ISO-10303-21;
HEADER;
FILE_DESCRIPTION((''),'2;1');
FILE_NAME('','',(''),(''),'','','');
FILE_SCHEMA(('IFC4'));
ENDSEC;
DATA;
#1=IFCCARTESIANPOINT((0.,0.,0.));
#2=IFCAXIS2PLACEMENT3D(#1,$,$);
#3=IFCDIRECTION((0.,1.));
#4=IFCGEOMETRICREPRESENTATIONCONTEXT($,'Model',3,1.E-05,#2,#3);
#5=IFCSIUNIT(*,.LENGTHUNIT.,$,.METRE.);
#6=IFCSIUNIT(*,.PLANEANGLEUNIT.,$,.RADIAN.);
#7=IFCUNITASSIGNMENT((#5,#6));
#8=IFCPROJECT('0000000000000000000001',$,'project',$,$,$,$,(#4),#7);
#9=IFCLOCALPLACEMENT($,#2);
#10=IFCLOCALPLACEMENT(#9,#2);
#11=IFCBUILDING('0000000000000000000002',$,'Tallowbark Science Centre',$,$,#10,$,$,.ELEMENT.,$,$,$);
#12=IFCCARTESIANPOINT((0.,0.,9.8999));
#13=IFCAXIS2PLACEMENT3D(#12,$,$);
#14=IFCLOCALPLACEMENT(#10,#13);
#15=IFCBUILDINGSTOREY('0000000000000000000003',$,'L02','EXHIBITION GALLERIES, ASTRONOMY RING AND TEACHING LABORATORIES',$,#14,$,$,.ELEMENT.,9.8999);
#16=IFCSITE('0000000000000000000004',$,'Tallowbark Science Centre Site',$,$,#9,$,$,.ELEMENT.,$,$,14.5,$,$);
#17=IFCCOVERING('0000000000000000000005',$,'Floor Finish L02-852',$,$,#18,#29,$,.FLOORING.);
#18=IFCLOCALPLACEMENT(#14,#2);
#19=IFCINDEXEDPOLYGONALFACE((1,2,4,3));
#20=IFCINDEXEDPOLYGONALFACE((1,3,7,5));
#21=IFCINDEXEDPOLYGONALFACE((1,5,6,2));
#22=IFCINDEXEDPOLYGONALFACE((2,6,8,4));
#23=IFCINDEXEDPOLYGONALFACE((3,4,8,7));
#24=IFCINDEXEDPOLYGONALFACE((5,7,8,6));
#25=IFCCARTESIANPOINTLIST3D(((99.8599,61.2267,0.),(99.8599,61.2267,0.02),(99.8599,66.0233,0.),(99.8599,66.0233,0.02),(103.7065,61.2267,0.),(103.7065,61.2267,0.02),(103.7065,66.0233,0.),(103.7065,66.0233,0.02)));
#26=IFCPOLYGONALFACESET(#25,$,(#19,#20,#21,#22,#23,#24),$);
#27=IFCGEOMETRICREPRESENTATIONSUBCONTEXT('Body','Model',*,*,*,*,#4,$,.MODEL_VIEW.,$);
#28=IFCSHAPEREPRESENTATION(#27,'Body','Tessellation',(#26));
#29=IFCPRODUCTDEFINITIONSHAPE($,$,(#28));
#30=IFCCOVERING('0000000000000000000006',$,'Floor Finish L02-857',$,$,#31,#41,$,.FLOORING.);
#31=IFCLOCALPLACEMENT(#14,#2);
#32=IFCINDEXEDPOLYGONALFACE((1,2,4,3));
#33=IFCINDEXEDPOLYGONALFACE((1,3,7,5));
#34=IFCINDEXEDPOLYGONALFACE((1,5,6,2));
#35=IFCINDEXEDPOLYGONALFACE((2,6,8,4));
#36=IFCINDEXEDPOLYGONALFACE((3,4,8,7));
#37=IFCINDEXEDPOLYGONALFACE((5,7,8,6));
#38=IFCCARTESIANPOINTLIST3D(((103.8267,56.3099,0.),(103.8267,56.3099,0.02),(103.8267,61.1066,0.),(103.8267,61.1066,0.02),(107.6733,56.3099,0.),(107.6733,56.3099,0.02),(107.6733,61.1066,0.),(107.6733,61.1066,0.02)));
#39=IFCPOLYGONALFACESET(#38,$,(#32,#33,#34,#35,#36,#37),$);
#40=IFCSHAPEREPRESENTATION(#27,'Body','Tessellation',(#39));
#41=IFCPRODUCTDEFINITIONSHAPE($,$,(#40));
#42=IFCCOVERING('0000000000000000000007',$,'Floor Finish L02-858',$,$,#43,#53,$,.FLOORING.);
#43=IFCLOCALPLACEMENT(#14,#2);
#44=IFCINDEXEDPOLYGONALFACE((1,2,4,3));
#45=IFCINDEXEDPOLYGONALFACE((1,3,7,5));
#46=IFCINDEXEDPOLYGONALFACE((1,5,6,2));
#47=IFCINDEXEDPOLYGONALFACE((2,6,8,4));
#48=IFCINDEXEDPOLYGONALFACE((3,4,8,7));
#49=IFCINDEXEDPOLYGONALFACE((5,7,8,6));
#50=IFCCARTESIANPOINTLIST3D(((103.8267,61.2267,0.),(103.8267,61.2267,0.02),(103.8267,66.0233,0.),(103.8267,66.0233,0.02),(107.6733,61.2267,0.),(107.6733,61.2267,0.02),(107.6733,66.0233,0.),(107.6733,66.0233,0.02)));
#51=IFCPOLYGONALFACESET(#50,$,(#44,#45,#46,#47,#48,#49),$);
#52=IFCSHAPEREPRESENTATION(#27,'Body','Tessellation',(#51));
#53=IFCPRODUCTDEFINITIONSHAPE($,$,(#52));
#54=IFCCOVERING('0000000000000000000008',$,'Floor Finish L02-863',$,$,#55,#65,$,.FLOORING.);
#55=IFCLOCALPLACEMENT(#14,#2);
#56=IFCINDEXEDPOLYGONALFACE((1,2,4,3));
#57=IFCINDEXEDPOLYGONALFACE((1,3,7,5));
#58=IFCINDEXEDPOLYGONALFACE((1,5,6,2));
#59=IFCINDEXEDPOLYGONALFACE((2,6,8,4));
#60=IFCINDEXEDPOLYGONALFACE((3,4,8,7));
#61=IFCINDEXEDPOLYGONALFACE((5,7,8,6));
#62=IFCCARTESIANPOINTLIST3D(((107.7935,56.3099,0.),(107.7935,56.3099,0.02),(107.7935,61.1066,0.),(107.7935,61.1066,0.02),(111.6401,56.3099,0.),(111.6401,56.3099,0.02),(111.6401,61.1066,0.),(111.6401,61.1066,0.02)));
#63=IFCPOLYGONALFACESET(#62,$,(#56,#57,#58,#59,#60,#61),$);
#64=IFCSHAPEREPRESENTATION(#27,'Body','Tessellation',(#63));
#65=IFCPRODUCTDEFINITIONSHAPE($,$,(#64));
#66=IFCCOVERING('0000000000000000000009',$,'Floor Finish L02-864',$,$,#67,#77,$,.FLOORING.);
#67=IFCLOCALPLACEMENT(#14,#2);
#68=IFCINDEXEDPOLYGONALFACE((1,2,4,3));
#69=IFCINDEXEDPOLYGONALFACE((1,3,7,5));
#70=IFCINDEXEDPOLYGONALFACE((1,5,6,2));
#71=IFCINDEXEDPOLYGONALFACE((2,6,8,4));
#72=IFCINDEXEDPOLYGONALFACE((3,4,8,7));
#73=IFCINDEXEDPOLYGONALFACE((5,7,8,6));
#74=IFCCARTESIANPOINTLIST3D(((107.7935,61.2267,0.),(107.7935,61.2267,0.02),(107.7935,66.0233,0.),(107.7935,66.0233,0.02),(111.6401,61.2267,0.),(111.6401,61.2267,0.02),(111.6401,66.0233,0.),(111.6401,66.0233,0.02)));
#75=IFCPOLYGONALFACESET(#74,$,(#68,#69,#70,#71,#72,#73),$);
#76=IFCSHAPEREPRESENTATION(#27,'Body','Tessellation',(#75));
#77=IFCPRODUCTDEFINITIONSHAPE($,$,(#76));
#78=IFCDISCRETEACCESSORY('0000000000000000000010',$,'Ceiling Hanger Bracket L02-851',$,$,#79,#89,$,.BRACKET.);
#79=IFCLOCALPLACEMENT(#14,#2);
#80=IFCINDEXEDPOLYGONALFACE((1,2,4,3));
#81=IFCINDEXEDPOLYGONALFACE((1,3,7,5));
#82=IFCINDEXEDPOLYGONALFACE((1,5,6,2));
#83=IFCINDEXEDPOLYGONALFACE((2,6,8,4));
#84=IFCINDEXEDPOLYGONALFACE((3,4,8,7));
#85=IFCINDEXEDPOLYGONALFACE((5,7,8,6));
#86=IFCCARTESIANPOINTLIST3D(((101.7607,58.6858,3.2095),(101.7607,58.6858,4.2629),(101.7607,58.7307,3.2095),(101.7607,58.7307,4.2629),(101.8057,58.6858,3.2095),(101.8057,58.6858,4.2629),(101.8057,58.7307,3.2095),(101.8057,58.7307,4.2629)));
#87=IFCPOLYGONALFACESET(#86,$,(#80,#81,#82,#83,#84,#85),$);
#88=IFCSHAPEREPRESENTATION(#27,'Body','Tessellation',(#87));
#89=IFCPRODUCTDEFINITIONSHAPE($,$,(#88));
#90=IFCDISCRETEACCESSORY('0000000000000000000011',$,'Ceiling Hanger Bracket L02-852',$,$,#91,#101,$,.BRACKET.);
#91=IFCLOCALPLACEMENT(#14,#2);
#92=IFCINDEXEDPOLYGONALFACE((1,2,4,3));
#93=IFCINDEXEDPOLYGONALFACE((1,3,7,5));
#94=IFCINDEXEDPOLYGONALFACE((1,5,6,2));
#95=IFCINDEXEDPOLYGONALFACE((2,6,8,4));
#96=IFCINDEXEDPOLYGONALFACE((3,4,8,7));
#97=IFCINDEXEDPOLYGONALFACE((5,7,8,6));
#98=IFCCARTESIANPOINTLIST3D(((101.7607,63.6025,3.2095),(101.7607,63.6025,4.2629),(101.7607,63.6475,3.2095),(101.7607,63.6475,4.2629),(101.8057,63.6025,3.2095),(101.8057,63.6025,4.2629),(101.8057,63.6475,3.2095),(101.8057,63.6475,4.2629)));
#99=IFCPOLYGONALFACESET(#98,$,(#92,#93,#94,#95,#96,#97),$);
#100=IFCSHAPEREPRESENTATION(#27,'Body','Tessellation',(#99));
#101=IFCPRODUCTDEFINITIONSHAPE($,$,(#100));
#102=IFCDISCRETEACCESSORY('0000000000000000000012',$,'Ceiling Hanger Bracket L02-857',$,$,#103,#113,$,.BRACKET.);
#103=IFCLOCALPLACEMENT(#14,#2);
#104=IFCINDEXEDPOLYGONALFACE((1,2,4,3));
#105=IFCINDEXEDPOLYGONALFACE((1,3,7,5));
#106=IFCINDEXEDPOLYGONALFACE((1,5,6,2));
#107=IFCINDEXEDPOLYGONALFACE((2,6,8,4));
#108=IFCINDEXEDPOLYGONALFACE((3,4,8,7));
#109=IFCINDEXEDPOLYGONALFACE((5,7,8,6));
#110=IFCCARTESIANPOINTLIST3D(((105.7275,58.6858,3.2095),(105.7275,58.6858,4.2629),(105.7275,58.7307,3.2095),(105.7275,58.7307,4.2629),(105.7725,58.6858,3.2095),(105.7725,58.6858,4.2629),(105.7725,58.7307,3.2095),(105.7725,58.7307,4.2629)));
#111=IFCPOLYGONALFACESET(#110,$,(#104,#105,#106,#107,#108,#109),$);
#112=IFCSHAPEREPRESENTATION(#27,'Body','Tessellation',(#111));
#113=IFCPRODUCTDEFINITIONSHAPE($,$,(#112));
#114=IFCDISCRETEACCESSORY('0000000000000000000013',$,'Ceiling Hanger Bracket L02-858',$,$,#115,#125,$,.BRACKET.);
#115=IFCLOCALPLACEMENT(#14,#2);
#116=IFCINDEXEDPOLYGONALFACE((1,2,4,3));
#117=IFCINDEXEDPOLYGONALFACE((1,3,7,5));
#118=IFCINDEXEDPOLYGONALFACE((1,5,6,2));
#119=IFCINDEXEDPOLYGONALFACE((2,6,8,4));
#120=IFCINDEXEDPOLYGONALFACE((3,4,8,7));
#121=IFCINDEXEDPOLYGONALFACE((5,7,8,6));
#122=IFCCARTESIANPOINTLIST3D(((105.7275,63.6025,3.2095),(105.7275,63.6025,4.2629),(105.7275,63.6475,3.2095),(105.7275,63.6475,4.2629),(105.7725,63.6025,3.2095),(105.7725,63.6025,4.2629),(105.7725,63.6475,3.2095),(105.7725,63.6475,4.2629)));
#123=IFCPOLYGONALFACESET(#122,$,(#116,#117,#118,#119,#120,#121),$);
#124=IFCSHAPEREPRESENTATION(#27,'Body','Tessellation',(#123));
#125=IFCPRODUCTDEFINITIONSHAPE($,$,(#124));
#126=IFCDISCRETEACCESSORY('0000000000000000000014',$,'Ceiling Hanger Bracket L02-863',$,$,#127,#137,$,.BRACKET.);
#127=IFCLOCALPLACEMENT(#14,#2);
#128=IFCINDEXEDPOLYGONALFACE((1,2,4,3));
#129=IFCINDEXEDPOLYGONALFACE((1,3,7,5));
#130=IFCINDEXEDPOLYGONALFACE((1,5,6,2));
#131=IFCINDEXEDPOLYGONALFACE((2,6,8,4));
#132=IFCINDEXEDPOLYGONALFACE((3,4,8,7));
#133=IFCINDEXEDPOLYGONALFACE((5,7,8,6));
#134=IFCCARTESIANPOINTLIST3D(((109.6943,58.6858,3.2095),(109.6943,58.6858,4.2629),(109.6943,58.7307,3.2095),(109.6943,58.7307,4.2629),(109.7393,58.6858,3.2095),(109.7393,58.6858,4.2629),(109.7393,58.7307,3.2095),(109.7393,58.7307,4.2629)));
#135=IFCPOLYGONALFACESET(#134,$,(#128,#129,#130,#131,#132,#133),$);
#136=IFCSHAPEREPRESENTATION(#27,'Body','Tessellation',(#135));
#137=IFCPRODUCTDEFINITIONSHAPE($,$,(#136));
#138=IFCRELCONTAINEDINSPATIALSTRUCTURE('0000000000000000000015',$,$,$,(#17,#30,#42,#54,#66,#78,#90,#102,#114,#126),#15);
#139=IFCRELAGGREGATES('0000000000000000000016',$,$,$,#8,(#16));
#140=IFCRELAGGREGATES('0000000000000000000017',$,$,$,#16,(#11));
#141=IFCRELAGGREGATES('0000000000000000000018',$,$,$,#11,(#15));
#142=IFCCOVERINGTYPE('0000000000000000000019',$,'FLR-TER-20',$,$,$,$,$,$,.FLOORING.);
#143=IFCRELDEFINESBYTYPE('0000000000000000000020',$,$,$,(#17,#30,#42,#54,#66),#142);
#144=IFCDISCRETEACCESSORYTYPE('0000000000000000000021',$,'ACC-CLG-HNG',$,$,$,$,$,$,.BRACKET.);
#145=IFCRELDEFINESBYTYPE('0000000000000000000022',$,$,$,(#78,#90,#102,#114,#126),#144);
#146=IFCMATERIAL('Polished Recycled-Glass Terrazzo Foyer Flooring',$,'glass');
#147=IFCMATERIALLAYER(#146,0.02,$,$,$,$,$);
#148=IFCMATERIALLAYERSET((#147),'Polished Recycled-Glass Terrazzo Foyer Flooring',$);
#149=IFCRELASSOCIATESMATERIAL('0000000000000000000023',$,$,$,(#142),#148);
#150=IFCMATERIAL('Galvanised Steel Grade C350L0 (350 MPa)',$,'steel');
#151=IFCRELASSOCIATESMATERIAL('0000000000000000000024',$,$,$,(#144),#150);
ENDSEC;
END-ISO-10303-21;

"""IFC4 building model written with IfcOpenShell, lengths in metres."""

from ifc_helpers import new_model, si_unit, direction, frame, origin, origin_2d, place, context, subcontext, project, spatial, rectangle, extrude, material, layer, layer_set, type_object, element, save


model = new_model("IFC4")

# Units and contexts
model_context = context("Model", 3, precision=1e-05, world=origin(), true_north=direction((0.0, 1.0)))
body_context = subcontext(model_context, "Body", "Model", "MODEL_VIEW")
ifc_project = project(units=[si_unit("LENGTHUNIT", "METRE"), si_unit("PLANEANGLEUNIT", "RADIAN")], contexts=[model_context])

# Site, building, storey
site_placement = place(None, origin())
site = spatial("IfcSite", under=ifc_project, at=site_placement, Name="Tallowbark Science Centre Site", CompositionType="ELEMENT", RefElevation=14.5)
building_placement = place(site_placement, origin())
building = spatial("IfcBuilding", under=site, at=building_placement, Name="Tallowbark Science Centre", CompositionType="ELEMENT")
storey_placement = place(building_placement, frame((0.0, 0.0, 9.8999)))
storey = spatial("IfcBuildingStorey", under=building, at=storey_placement, Name="L02", Description="EXHIBITION GALLERIES, ASTRONOMY RING AND TEACHING LABORATORIES", CompositionType="ELEMENT", Elevation=9.8999)

# Coverings
ifc_material_1 = material(Name="Polished Recycled-Glass Terrazzo Foyer Flooring", Category="glass")
ifc_layer_1 = layer(ifc_material_1, 0.02)
ifc_layer_set_1 = layer_set([ifc_layer_1], Name="Polished Recycled-Glass Terrazzo Foyer Flooring")
covering_type_1 = type_object("IfcCoveringType", Name="FLR-TER-20", PredefinedType="FLOORING", material=ifc_layer_set_1)
for number, where, z_axis, x_axis, name in (
    (1, (101.7832, 63.625, 0.0), (0.0, 0.0, 1.0), (1.0, 0.0, 0.0), "Floor Finish L02-852"),
    (2, (105.75, 58.7083, 0.0), (0.0, 0.0, 1.0), (1.0, 0.0, 0.0), "Floor Finish L02-857"),
    (3, (105.75, 63.625, 0.0), (0.0, 0.0, 1.0), (1.0, 0.0, 0.0), "Floor Finish L02-858"),
    (4, (109.7168, 58.7083, 0.0), (0.0, 0.0, 1.0), (1.0, 0.0, 0.0), "Floor Finish L02-863"),
    (5, (109.7168, 63.625, 0.0), (0.0, 0.0, 1.0), (1.0, 0.0, 0.0), "Floor Finish L02-864"),
):
    element("IfcCovering", number, at=place(storey_placement, frame(where, z_axis=z_axis, x_axis=x_axis)), inside=storey, type_object=covering_type_1, Name=name, PredefinedType="FLOORING", context=body_context, shape_type="SweptSolid", body=[
        extrude(rectangle(XDim=3.8467, YDim=4.7966, at=origin_2d()), origin(), (0.0, 0.0, 1.0), 0.02),
    ])

# Discrete accessories
ifc_material_2 = material(Name="Galvanised Steel Grade C350L0 (350 MPa)", Category="steel")
discrete_accessory_type = type_object("IfcDiscreteAccessoryType", Name="ACC-CLG-HNG", PredefinedType="BRACKET", material=ifc_material_2)
for number, where, z_axis, x_axis, name in (
    (6, (101.7832, 58.7083, 3.2095), (0.0, 0.0, 1.0), (1.0, 0.0, 0.0), "Ceiling Hanger Bracket L02-851"),
    (7, (101.7832, 63.625, 3.2095), (0.0, 0.0, 1.0), (1.0, 0.0, 0.0), "Ceiling Hanger Bracket L02-852"),
    (8, (105.75, 58.7083, 3.2095), (0.0, 0.0, 1.0), (1.0, 0.0, 0.0), "Ceiling Hanger Bracket L02-857"),
    (9, (105.75, 63.625, 3.2095), (0.0, 0.0, 1.0), (1.0, 0.0, 0.0), "Ceiling Hanger Bracket L02-858"),
    (10, (109.7168, 58.7083, 3.2095), (0.0, 0.0, 1.0), (1.0, 0.0, 0.0), "Ceiling Hanger Bracket L02-863"),
):
    element("IfcDiscreteAccessory", number, at=place(storey_placement, frame(where, z_axis=z_axis, x_axis=x_axis)), inside=storey, type_object=discrete_accessory_type, Name=name, PredefinedType="BRACKET", context=body_context, shape_type="SweptSolid", body=[
        extrude(rectangle(XDim=0.0449, YDim=0.0449, at=origin_2d()), origin(), (0.0, 0.0, 1.0), 1.0535),
    ])

save(model, "model.ifc")
